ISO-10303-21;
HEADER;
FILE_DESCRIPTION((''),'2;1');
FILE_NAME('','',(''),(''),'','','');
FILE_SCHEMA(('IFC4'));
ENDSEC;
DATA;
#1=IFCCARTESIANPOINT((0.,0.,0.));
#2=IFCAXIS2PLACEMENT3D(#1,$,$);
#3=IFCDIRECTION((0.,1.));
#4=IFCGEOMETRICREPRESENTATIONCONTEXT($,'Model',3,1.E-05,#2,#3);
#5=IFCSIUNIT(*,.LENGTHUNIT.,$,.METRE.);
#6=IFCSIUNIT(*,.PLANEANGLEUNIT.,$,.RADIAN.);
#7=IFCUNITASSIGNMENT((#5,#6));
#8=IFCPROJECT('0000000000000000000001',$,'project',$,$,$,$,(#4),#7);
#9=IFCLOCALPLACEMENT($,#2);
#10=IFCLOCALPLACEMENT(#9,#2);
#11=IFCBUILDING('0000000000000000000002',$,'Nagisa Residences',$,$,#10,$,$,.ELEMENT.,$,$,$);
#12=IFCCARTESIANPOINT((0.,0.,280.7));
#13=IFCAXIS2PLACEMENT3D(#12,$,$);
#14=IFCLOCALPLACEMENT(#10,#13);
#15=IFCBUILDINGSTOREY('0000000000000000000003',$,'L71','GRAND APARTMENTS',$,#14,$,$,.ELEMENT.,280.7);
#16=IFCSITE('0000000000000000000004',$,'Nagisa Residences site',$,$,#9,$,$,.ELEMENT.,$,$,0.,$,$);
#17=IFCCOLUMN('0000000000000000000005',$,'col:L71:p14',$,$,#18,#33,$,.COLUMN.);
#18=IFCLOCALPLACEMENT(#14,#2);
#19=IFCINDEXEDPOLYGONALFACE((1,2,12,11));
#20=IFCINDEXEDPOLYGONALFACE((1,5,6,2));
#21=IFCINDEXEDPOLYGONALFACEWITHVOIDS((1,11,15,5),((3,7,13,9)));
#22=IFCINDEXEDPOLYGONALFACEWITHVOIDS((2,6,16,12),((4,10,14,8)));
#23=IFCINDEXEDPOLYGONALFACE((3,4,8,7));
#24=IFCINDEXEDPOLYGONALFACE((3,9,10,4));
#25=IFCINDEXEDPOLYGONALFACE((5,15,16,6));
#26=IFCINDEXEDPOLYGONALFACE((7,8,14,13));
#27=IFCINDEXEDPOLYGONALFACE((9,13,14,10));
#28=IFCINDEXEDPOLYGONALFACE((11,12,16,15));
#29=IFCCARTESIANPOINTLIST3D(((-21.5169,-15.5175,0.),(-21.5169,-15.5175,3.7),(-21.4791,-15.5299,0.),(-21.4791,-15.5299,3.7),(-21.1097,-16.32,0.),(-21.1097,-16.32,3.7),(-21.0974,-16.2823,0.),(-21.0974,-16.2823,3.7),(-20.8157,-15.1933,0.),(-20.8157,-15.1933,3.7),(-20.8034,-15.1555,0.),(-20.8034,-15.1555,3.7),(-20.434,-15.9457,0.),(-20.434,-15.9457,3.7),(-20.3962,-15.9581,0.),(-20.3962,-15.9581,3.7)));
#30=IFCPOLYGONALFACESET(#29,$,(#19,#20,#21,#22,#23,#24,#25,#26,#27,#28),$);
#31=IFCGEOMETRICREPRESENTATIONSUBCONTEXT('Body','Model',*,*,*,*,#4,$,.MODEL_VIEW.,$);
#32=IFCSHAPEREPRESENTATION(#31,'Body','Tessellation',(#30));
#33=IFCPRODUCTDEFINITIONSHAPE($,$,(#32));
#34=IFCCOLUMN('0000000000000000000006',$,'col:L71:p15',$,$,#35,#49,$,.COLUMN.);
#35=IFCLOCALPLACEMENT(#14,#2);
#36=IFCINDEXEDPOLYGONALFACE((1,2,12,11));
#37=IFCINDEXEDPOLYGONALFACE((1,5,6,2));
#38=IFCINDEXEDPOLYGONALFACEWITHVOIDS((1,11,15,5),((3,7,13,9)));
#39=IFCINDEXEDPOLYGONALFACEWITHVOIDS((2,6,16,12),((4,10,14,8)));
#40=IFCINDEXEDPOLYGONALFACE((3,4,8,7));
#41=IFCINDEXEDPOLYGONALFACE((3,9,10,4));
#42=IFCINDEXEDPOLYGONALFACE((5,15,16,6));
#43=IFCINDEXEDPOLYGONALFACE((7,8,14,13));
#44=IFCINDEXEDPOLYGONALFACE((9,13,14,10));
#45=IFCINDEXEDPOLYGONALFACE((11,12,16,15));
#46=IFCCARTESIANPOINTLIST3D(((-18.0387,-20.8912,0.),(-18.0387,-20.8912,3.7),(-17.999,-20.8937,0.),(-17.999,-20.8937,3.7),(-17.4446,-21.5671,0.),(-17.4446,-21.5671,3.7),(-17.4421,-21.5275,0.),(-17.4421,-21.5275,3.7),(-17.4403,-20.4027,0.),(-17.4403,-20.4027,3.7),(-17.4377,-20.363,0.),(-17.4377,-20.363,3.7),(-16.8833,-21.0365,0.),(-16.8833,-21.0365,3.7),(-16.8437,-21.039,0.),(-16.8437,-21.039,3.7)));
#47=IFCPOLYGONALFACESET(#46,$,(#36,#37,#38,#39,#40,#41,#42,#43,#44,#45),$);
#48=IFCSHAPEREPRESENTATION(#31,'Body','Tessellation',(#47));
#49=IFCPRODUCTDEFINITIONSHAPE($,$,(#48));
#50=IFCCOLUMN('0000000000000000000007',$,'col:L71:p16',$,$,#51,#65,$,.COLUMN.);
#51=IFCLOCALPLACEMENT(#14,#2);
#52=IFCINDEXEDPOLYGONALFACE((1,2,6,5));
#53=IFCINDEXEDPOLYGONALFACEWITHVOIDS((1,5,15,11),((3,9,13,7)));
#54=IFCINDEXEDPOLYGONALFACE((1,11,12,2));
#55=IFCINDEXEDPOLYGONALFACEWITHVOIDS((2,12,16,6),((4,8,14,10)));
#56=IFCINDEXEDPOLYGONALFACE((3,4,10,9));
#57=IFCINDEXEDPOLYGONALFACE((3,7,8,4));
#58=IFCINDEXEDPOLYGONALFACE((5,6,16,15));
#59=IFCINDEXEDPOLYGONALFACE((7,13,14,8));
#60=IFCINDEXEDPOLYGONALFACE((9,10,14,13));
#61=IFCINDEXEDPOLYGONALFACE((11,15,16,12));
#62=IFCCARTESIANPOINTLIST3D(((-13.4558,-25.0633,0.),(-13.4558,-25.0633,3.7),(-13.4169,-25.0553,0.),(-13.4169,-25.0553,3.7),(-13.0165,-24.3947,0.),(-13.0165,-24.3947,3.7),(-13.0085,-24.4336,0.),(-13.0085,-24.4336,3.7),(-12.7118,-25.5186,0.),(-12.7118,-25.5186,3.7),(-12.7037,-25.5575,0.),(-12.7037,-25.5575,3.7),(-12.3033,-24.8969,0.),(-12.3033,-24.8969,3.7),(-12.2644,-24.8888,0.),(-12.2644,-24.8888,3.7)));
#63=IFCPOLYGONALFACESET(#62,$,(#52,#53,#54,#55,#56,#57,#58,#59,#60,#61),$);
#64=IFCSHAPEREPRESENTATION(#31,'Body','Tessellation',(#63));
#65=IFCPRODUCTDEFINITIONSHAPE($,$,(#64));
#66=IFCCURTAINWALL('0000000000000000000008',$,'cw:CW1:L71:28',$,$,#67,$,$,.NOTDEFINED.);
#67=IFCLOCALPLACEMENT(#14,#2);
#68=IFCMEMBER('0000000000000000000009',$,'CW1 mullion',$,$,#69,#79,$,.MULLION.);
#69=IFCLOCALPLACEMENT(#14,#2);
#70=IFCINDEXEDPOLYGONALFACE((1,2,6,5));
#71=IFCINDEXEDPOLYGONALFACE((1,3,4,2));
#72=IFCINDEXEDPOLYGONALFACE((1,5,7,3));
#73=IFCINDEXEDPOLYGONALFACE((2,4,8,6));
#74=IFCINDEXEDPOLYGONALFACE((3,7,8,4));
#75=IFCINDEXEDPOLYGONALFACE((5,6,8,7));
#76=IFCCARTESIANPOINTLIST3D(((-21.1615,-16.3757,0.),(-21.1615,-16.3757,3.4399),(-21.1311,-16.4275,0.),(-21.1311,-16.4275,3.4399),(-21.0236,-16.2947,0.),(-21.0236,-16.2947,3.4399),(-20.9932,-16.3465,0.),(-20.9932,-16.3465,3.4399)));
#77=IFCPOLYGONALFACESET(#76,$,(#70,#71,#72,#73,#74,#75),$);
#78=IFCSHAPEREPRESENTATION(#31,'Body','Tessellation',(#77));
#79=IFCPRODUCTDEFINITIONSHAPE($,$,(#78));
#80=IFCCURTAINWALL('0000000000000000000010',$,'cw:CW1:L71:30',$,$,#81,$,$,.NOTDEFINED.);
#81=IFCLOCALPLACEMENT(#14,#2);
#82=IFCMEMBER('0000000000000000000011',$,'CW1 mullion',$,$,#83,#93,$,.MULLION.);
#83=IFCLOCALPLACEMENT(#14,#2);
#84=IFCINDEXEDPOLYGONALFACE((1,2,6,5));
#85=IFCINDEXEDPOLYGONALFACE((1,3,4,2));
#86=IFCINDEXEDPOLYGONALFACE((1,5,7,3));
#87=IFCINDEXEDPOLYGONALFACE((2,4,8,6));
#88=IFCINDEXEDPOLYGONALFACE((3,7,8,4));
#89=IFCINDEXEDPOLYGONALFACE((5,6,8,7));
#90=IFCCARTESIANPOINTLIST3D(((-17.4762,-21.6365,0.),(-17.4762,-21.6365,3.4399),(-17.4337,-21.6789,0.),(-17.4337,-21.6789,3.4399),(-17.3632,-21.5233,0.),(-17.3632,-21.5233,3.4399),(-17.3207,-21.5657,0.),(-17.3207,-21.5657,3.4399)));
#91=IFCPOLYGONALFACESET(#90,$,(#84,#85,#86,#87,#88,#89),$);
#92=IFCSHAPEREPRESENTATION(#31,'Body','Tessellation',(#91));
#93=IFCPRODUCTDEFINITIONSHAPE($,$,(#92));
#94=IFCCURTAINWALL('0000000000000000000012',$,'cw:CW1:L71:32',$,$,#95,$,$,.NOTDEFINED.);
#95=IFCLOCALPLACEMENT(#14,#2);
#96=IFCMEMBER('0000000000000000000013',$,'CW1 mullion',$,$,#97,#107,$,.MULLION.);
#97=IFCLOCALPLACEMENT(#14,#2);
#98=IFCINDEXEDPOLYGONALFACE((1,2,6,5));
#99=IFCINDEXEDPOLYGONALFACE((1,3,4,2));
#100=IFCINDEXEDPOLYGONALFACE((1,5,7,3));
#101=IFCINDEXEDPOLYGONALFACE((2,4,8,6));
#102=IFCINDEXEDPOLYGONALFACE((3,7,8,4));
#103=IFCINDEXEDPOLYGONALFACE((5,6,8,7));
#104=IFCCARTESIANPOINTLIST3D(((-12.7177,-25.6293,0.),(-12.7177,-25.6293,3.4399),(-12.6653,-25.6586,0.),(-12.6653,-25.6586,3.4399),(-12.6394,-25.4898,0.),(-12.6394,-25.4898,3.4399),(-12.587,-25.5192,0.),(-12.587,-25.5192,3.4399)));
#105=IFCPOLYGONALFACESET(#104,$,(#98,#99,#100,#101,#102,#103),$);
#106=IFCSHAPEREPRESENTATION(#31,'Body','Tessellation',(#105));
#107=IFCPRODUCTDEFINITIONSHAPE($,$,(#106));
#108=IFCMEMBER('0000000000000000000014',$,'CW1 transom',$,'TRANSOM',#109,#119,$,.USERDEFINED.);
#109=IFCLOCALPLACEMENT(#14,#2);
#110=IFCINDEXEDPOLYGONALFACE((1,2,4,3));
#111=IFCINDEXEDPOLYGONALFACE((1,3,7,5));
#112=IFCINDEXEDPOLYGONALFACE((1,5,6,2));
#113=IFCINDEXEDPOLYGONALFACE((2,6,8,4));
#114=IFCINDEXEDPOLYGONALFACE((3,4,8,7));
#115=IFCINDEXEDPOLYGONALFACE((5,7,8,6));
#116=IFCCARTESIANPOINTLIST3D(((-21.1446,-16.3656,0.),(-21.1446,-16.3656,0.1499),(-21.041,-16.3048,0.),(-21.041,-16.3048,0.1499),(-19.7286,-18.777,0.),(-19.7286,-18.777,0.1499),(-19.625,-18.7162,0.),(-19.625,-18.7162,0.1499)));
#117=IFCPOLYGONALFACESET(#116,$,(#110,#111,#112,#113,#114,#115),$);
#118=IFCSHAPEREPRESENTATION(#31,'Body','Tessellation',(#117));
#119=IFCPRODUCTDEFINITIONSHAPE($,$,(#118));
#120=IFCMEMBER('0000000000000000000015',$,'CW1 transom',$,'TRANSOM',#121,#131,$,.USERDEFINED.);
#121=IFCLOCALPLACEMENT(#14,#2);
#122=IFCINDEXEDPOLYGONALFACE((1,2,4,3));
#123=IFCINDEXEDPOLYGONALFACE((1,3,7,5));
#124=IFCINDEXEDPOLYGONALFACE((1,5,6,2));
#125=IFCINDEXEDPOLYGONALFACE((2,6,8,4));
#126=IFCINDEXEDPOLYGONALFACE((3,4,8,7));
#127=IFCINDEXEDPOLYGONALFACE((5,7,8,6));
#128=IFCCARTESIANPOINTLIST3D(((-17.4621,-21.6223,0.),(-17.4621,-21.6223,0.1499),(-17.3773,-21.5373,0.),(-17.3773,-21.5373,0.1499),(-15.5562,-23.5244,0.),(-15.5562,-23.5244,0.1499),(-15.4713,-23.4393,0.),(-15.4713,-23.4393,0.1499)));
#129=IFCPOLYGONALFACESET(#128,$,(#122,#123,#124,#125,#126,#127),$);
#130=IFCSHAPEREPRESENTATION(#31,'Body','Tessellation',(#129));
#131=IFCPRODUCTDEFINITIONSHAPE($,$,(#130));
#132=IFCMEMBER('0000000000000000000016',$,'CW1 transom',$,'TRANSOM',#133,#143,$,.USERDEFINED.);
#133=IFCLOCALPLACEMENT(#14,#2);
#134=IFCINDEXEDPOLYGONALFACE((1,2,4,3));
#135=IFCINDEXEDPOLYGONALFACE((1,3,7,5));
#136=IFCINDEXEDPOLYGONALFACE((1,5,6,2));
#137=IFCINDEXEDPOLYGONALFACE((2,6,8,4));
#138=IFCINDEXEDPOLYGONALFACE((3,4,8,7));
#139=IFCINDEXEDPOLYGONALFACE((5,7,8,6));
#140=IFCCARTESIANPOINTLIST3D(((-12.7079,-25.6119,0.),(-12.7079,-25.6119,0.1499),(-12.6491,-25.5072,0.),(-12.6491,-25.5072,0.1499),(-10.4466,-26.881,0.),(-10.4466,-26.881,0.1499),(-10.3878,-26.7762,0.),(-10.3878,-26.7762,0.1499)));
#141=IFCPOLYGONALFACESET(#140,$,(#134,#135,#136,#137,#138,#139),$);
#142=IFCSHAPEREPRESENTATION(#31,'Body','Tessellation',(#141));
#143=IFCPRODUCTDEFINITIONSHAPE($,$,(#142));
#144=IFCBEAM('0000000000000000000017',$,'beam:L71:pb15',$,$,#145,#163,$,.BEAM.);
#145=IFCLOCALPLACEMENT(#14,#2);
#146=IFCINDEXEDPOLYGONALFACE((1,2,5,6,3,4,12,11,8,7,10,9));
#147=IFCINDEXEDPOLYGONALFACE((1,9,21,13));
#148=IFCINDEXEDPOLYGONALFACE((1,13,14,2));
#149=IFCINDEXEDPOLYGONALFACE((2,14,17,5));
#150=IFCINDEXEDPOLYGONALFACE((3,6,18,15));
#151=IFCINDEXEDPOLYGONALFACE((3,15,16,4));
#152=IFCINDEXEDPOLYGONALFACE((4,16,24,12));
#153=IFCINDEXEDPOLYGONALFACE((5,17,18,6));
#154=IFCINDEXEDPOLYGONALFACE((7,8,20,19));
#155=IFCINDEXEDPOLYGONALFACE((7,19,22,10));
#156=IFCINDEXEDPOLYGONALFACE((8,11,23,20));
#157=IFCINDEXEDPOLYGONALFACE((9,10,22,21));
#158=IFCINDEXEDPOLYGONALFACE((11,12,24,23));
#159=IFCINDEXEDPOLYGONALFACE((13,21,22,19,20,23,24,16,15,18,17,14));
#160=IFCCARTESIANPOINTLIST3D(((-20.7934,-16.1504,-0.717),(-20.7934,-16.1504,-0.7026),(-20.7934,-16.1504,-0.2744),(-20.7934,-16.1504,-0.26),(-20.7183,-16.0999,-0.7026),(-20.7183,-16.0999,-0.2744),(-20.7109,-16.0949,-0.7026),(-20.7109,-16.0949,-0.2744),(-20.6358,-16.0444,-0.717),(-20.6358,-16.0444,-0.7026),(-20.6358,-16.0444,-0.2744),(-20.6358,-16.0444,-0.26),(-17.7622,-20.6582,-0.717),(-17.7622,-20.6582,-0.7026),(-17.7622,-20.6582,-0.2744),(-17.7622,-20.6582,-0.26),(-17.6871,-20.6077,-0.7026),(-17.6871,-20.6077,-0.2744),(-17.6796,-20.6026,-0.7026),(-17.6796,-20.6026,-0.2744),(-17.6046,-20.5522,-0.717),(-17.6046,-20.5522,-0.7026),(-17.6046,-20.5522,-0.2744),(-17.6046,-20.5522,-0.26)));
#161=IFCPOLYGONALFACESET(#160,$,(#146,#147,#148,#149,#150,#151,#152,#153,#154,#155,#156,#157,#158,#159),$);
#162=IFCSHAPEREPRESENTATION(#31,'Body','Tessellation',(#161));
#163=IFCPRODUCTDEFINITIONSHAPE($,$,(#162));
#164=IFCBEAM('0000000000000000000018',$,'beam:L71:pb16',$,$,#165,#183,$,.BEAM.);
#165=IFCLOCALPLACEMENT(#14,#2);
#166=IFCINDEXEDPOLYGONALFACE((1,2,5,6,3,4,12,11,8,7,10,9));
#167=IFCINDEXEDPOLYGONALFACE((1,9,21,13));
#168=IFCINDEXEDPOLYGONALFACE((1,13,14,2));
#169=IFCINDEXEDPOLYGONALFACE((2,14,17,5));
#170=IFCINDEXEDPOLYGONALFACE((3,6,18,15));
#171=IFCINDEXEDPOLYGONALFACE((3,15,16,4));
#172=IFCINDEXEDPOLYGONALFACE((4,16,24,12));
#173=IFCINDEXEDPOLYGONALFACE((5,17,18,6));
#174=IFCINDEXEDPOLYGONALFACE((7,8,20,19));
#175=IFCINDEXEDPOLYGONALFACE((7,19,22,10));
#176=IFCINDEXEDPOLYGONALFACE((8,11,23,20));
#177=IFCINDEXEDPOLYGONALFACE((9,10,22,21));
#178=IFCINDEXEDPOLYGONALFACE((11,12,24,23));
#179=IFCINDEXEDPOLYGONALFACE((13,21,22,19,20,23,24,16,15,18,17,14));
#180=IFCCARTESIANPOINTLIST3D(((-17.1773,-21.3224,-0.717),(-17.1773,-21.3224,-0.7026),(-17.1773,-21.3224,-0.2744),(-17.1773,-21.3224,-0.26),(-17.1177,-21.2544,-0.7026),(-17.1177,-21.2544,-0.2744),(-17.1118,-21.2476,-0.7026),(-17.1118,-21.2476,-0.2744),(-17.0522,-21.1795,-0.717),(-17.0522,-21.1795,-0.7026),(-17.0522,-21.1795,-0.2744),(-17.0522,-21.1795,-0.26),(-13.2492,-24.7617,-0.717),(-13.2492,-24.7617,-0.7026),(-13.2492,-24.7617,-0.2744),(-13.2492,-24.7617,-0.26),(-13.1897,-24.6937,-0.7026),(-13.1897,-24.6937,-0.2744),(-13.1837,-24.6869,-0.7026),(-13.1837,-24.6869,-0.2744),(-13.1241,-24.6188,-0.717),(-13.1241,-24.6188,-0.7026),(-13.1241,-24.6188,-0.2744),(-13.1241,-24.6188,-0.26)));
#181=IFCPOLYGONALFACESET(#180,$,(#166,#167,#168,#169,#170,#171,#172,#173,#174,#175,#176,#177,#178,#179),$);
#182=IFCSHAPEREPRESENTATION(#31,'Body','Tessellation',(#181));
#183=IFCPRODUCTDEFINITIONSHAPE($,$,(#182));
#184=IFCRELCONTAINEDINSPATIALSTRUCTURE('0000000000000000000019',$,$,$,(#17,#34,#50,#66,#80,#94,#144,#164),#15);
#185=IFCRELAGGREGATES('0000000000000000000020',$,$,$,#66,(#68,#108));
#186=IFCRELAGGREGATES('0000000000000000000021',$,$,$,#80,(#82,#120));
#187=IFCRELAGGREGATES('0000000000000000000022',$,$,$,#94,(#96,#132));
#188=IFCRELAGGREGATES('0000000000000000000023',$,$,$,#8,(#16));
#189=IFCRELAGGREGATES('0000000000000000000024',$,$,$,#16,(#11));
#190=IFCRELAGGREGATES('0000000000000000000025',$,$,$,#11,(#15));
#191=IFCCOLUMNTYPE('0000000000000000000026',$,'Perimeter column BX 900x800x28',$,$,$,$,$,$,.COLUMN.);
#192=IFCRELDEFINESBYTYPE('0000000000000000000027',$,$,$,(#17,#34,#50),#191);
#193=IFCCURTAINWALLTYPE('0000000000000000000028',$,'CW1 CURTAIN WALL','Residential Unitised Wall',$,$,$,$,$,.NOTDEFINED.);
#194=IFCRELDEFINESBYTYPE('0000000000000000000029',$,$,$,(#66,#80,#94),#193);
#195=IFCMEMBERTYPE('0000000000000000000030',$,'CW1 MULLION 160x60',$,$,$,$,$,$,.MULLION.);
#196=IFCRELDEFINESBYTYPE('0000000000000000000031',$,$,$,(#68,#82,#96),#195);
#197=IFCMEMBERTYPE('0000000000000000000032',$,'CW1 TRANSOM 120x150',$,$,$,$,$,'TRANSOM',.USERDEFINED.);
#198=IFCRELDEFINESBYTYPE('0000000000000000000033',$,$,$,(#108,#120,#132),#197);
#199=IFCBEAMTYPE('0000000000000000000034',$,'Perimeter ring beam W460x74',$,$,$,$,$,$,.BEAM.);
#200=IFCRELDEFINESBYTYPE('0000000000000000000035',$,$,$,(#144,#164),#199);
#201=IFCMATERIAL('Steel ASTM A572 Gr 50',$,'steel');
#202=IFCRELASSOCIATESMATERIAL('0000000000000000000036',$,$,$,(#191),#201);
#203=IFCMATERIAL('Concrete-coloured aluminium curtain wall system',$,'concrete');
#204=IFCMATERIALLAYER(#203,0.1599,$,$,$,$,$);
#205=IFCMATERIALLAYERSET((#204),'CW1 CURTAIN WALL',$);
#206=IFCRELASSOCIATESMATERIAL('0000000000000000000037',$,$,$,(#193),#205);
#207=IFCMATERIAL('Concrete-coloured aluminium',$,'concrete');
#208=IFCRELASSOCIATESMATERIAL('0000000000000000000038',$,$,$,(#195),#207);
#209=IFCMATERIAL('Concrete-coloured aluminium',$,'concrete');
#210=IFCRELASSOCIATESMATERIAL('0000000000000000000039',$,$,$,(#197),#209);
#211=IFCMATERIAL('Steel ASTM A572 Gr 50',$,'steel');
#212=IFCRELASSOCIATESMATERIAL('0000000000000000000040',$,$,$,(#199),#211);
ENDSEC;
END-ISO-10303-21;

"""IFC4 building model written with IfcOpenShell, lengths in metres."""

from ifc_helpers import new_model, si_unit, direction, frame, origin, origin_2d, place, context, subcontext, project, spatial, rectangle, hollow_rectangle, i_section, extrude, material, layer, layer_set, material_profile, profile_set, type_object, element, aggregate, save


model = new_model("IFC4")

# Units and contexts
model_context = context("Model", 3, precision=1e-05, world=origin(), true_north=direction((0.0, 1.0)))
body_context = subcontext(model_context, "Body", "Model", "MODEL_VIEW")
ifc_project = project(units=[si_unit("LENGTHUNIT", "METRE"), si_unit("PLANEANGLEUNIT", "RADIAN")], contexts=[model_context])

# Site, building, storey
site_placement = place(None, origin())
site = spatial("IfcSite", under=ifc_project, at=site_placement, Name="Nagisa Residences site", CompositionType="ELEMENT", RefElevation=0.0)
building_placement = place(site_placement, origin())
building = spatial("IfcBuilding", under=site, at=building_placement, Name="Nagisa Residences", CompositionType="ELEMENT")
storey_placement = place(building_placement, frame((0.0, 0.0, 280.7)))
storey = spatial("IfcBuildingStorey", under=building, at=storey_placement, Name="L71", Description="GRAND APARTMENTS", CompositionType="ELEMENT", Elevation=280.7)

# Columns
ifc_material_1 = material(Name="Steel ASTM A572 Gr 50", Category="steel")
ifc_material_profile_1 = material_profile(ifc_material_1, hollow_rectangle(XDim=0.8999, YDim=0.8, WallThickness=0.0281, at=origin_2d()), Name="BX 900x800x28")
ifc_profile_set_1 = profile_set([ifc_material_profile_1], Name="Steel ASTM A572 Gr 50")
column_type = type_object("IfcColumnType", Name="Perimeter column BX 900x800x28", PredefinedType="COLUMN", material=ifc_profile_set_1)
for number, where, z_axis, x_axis, name in (
    (1, (-20.9565, -15.7378, 0.0), (0.0, 0.0, 1.0), (0.452463, -0.891783, 0.0), "col:L71:p14"),
    (2, (-17.4412, -20.9651, 0.0), (0.0, 0.0, 1.0), (0.660115, -0.751165, 0.0), "col:L71:p15"),
    (3, (-12.8601, -24.9761, 0.0), (0.0, 0.0, 1.0), (0.835766, -0.549086, 0.0), "col:L71:p16"),
):
    element("IfcColumn", number, at=place(storey_placement, frame(where, z_axis=z_axis, x_axis=x_axis)), inside=storey, type_object=column_type, Name=name, PredefinedType="COLUMN", context=body_context, shape_type="SweptSolid", body=[
        extrude(hollow_rectangle(XDim=0.8999, YDim=0.8, WallThickness=0.0281, at=origin_2d()), origin(), (0.0, 0.0, 1.0), 3.7),
    ])

# Curtain walls, members
ifc_material_2 = material(Name="Concrete-coloured aluminium curtain wall system", Category="concrete")
ifc_layer_1 = layer(ifc_material_2, 0.1599)
ifc_layer_set_1 = layer_set([ifc_layer_1], Name="CW1 CURTAIN WALL")
curtain_wall_type = type_object("IfcCurtainWallType", Name="CW1 CURTAIN WALL", Description="Residential Unitised Wall", PredefinedType="NOTDEFINED", material=ifc_layer_set_1)
curtain_wall_1_placement = place(storey_placement, origin())
curtain_wall_1 = element("IfcCurtainWall", 4, at=curtain_wall_1_placement, inside=storey, type_object=curtain_wall_type, Name="cw:CW1:L71:28", PredefinedType="NOTDEFINED")
ifc_material_3 = material(Name="Concrete-coloured aluminium", Category="concrete")
ifc_material_profile_2 = material_profile(ifc_material_3, rectangle(XDim=0.1599, YDim=0.0601, at=origin_2d()), Name="CW1 MULLION 160x60")
ifc_profile_set_2 = profile_set([ifc_material_profile_2], Name="Concrete-coloured aluminium")
member_type_1 = type_object("IfcMemberType", Name="CW1 MULLION 160x60", PredefinedType="MULLION", material=ifc_profile_set_2)
member_1_placement = place(storey_placement, frame((-21.0774, -16.3611, 0.0), z_axis=(0.0, 0.0, 1.0), x_axis=(0.862329, 0.506349, 0.0)))
member_1 = element("IfcMember", 5, at=member_1_placement, type_object=member_type_1, Name="CW1 mullion", PredefinedType="MULLION", context=body_context, shape_type="SweptSolid", body=[
    extrude(rectangle(XDim=0.1599, YDim=0.0601, at=origin_2d()), origin(), (0.0, 0.0, 1.0), 3.4399),
])
curtain_wall_2_placement = place(storey_placement, origin())
curtain_wall_2 = element("IfcCurtainWall", 6, at=curtain_wall_2_placement, inside=storey, type_object=curtain_wall_type, Name="cw:CW1:L71:30", PredefinedType="NOTDEFINED")
member_2_placement = place(storey_placement, frame((-17.3984, -21.6011, 0.0), z_axis=(0.0, 0.0, 1.0), x_axis=(0.706377, 0.707836, 0.0)))
member_2 = element("IfcMember", 7, at=member_2_placement, type_object=member_type_1, Name="CW1 mullion", PredefinedType="MULLION", context=body_context, shape_type="SweptSolid", body=[
    extrude(rectangle(XDim=0.1599, YDim=0.0601, at=origin_2d()), origin(), (0.0, 0.0, 1.0), 3.4399),
])
curtain_wall_3_placement = place(storey_placement, origin())
curtain_wall_3 = element("IfcCurtainWall", 8, at=curtain_wall_3_placement, inside=storey, type_object=curtain_wall_type, Name="cw:CW1:L71:32", PredefinedType="NOTDEFINED")
member_3_placement = place(storey_placement, frame((-12.6523, -25.5742, 0.0), z_axis=(0.0, 0.0, 1.0), x_axis=(0.489377, 0.872072, 0.0)))
member_3 = element("IfcMember", 9, at=member_3_placement, type_object=member_type_1, Name="CW1 mullion", PredefinedType="MULLION", context=body_context, shape_type="SweptSolid", body=[
    extrude(rectangle(XDim=0.1599, YDim=0.0601, at=origin_2d()), origin(), (0.0, 0.0, 1.0), 3.4399),
])

# Members
ifc_material_4 = material(Name="Concrete-coloured aluminium", Category="concrete")
ifc_material_profile_3 = material_profile(ifc_material_4, rectangle(XDim=0.1201, YDim=0.1499, at=origin_2d()), Name="CW1 TRANSOM 120x150")
ifc_profile_set_3 = profile_set([ifc_material_profile_3], Name="Concrete-coloured aluminium")
member_type_2 = type_object("IfcMemberType", Name="CW1 TRANSOM 120x150", ElementType="TRANSOM", PredefinedType="USERDEFINED", material=ifc_profile_set_3)
member_4_placement = place(storey_placement, frame((-21.0928, -16.3352, 0.075), z_axis=(0.506371, -0.862316, 0.0), x_axis=(0.862316, 0.506371, 0.0)))
member_4 = element("IfcMember", 10, at=member_4_placement, type_object=member_type_2, Name="CW1 transom", ObjectType="TRANSOM", PredefinedType="USERDEFINED", context=body_context, shape_type="SweptSolid", body=[
    extrude(rectangle(XDim=0.1201, YDim=0.1499, at=origin_2d()), origin(), (0.0, 0.0, 1.0), 2.7964),
])
member_5_placement = place(storey_placement, frame((-17.4197, -21.5798, 0.075), z_axis=(0.707832, -0.706381, 0.0), x_axis=(0.706381, 0.707832, 0.0)))
member_5 = element("IfcMember", 11, at=member_5_placement, type_object=member_type_2, Name="CW1 transom", ObjectType="TRANSOM", PredefinedType="USERDEFINED", context=body_context, shape_type="SweptSolid", body=[
    extrude(rectangle(XDim=0.1201, YDim=0.1499, at=origin_2d()), origin(), (0.0, 0.0, 1.0), 2.6926),
])
member_6_placement = place(storey_placement, frame((-12.6785, -25.5596, 0.075), z_axis=(0.872053, -0.489412, 0.0), x_axis=(0.489412, 0.872053, 0.0)))
member_6 = element("IfcMember", 12, at=member_6_placement, type_object=member_type_2, Name="CW1 transom", ObjectType="TRANSOM", PredefinedType="USERDEFINED", context=body_context, shape_type="SweptSolid", body=[
    extrude(rectangle(XDim=0.1201, YDim=0.1499, at=origin_2d()), origin(), (0.0, 0.0, 1.0), 2.593),
])

# Beams
ifc_material_5 = material(Name="Steel ASTM A572 Gr 50", Category="steel")
ifc_material_profile_4 = material_profile(ifc_material_5, i_section(OverallWidth=0.1899, OverallDepth=0.457, WebThickness=0.009, FlangeThickness=0.0144, at=origin_2d()), Name="W460x74")
ifc_profile_set_4 = profile_set([ifc_material_profile_4], Name="Steel ASTM A572 Gr 50")
beam_type_1 = type_object("IfcBeamType", Name="Perimeter ring beam W460x74", PredefinedType="BEAM", material=ifc_profile_set_4)
beam_1_placement = place(storey_placement, frame((-20.7146, -16.0974, -0.4885), z_axis=(0.558015, -0.829831, 0.0), x_axis=(0.829831, 0.558015, 0.0)))
element("IfcBeam", 13, at=beam_1_placement, inside=storey, type_object=beam_type_1, Name="beam:L71:pb15", PredefinedType="BEAM", context=body_context, shape_type="SweptSolid", body=[
    extrude(i_section(OverallWidth=0.1899, OverallDepth=0.457, WebThickness=0.009, FlangeThickness=0.0144, at=origin_2d()), origin(), (0.0, 0.0, 1.0), 5.4321),
])
beam_2_placement = place(storey_placement, frame((-17.1147, -21.251, -0.4885), z_axis=(0.752365, -0.658746, 0.0), x_axis=(0.658746, 0.752365, 0.0)))
element("IfcBeam", 14, at=beam_2_placement, inside=storey, type_object=beam_type_1, Name="beam:L71:pb16", PredefinedType="BEAM", context=body_context, shape_type="SweptSolid", body=[
    extrude(i_section(OverallWidth=0.1899, OverallDepth=0.457, WebThickness=0.009, FlangeThickness=0.0144, at=origin_2d()), origin(), (0.0, 0.0, 1.0), 5.2209),
])

aggregate(curtain_wall_1, [member_1, member_4])
aggregate(curtain_wall_2, [member_2, member_5])
aggregate(curtain_wall_3, [member_3, member_6])

save(model, "model.ifc")
